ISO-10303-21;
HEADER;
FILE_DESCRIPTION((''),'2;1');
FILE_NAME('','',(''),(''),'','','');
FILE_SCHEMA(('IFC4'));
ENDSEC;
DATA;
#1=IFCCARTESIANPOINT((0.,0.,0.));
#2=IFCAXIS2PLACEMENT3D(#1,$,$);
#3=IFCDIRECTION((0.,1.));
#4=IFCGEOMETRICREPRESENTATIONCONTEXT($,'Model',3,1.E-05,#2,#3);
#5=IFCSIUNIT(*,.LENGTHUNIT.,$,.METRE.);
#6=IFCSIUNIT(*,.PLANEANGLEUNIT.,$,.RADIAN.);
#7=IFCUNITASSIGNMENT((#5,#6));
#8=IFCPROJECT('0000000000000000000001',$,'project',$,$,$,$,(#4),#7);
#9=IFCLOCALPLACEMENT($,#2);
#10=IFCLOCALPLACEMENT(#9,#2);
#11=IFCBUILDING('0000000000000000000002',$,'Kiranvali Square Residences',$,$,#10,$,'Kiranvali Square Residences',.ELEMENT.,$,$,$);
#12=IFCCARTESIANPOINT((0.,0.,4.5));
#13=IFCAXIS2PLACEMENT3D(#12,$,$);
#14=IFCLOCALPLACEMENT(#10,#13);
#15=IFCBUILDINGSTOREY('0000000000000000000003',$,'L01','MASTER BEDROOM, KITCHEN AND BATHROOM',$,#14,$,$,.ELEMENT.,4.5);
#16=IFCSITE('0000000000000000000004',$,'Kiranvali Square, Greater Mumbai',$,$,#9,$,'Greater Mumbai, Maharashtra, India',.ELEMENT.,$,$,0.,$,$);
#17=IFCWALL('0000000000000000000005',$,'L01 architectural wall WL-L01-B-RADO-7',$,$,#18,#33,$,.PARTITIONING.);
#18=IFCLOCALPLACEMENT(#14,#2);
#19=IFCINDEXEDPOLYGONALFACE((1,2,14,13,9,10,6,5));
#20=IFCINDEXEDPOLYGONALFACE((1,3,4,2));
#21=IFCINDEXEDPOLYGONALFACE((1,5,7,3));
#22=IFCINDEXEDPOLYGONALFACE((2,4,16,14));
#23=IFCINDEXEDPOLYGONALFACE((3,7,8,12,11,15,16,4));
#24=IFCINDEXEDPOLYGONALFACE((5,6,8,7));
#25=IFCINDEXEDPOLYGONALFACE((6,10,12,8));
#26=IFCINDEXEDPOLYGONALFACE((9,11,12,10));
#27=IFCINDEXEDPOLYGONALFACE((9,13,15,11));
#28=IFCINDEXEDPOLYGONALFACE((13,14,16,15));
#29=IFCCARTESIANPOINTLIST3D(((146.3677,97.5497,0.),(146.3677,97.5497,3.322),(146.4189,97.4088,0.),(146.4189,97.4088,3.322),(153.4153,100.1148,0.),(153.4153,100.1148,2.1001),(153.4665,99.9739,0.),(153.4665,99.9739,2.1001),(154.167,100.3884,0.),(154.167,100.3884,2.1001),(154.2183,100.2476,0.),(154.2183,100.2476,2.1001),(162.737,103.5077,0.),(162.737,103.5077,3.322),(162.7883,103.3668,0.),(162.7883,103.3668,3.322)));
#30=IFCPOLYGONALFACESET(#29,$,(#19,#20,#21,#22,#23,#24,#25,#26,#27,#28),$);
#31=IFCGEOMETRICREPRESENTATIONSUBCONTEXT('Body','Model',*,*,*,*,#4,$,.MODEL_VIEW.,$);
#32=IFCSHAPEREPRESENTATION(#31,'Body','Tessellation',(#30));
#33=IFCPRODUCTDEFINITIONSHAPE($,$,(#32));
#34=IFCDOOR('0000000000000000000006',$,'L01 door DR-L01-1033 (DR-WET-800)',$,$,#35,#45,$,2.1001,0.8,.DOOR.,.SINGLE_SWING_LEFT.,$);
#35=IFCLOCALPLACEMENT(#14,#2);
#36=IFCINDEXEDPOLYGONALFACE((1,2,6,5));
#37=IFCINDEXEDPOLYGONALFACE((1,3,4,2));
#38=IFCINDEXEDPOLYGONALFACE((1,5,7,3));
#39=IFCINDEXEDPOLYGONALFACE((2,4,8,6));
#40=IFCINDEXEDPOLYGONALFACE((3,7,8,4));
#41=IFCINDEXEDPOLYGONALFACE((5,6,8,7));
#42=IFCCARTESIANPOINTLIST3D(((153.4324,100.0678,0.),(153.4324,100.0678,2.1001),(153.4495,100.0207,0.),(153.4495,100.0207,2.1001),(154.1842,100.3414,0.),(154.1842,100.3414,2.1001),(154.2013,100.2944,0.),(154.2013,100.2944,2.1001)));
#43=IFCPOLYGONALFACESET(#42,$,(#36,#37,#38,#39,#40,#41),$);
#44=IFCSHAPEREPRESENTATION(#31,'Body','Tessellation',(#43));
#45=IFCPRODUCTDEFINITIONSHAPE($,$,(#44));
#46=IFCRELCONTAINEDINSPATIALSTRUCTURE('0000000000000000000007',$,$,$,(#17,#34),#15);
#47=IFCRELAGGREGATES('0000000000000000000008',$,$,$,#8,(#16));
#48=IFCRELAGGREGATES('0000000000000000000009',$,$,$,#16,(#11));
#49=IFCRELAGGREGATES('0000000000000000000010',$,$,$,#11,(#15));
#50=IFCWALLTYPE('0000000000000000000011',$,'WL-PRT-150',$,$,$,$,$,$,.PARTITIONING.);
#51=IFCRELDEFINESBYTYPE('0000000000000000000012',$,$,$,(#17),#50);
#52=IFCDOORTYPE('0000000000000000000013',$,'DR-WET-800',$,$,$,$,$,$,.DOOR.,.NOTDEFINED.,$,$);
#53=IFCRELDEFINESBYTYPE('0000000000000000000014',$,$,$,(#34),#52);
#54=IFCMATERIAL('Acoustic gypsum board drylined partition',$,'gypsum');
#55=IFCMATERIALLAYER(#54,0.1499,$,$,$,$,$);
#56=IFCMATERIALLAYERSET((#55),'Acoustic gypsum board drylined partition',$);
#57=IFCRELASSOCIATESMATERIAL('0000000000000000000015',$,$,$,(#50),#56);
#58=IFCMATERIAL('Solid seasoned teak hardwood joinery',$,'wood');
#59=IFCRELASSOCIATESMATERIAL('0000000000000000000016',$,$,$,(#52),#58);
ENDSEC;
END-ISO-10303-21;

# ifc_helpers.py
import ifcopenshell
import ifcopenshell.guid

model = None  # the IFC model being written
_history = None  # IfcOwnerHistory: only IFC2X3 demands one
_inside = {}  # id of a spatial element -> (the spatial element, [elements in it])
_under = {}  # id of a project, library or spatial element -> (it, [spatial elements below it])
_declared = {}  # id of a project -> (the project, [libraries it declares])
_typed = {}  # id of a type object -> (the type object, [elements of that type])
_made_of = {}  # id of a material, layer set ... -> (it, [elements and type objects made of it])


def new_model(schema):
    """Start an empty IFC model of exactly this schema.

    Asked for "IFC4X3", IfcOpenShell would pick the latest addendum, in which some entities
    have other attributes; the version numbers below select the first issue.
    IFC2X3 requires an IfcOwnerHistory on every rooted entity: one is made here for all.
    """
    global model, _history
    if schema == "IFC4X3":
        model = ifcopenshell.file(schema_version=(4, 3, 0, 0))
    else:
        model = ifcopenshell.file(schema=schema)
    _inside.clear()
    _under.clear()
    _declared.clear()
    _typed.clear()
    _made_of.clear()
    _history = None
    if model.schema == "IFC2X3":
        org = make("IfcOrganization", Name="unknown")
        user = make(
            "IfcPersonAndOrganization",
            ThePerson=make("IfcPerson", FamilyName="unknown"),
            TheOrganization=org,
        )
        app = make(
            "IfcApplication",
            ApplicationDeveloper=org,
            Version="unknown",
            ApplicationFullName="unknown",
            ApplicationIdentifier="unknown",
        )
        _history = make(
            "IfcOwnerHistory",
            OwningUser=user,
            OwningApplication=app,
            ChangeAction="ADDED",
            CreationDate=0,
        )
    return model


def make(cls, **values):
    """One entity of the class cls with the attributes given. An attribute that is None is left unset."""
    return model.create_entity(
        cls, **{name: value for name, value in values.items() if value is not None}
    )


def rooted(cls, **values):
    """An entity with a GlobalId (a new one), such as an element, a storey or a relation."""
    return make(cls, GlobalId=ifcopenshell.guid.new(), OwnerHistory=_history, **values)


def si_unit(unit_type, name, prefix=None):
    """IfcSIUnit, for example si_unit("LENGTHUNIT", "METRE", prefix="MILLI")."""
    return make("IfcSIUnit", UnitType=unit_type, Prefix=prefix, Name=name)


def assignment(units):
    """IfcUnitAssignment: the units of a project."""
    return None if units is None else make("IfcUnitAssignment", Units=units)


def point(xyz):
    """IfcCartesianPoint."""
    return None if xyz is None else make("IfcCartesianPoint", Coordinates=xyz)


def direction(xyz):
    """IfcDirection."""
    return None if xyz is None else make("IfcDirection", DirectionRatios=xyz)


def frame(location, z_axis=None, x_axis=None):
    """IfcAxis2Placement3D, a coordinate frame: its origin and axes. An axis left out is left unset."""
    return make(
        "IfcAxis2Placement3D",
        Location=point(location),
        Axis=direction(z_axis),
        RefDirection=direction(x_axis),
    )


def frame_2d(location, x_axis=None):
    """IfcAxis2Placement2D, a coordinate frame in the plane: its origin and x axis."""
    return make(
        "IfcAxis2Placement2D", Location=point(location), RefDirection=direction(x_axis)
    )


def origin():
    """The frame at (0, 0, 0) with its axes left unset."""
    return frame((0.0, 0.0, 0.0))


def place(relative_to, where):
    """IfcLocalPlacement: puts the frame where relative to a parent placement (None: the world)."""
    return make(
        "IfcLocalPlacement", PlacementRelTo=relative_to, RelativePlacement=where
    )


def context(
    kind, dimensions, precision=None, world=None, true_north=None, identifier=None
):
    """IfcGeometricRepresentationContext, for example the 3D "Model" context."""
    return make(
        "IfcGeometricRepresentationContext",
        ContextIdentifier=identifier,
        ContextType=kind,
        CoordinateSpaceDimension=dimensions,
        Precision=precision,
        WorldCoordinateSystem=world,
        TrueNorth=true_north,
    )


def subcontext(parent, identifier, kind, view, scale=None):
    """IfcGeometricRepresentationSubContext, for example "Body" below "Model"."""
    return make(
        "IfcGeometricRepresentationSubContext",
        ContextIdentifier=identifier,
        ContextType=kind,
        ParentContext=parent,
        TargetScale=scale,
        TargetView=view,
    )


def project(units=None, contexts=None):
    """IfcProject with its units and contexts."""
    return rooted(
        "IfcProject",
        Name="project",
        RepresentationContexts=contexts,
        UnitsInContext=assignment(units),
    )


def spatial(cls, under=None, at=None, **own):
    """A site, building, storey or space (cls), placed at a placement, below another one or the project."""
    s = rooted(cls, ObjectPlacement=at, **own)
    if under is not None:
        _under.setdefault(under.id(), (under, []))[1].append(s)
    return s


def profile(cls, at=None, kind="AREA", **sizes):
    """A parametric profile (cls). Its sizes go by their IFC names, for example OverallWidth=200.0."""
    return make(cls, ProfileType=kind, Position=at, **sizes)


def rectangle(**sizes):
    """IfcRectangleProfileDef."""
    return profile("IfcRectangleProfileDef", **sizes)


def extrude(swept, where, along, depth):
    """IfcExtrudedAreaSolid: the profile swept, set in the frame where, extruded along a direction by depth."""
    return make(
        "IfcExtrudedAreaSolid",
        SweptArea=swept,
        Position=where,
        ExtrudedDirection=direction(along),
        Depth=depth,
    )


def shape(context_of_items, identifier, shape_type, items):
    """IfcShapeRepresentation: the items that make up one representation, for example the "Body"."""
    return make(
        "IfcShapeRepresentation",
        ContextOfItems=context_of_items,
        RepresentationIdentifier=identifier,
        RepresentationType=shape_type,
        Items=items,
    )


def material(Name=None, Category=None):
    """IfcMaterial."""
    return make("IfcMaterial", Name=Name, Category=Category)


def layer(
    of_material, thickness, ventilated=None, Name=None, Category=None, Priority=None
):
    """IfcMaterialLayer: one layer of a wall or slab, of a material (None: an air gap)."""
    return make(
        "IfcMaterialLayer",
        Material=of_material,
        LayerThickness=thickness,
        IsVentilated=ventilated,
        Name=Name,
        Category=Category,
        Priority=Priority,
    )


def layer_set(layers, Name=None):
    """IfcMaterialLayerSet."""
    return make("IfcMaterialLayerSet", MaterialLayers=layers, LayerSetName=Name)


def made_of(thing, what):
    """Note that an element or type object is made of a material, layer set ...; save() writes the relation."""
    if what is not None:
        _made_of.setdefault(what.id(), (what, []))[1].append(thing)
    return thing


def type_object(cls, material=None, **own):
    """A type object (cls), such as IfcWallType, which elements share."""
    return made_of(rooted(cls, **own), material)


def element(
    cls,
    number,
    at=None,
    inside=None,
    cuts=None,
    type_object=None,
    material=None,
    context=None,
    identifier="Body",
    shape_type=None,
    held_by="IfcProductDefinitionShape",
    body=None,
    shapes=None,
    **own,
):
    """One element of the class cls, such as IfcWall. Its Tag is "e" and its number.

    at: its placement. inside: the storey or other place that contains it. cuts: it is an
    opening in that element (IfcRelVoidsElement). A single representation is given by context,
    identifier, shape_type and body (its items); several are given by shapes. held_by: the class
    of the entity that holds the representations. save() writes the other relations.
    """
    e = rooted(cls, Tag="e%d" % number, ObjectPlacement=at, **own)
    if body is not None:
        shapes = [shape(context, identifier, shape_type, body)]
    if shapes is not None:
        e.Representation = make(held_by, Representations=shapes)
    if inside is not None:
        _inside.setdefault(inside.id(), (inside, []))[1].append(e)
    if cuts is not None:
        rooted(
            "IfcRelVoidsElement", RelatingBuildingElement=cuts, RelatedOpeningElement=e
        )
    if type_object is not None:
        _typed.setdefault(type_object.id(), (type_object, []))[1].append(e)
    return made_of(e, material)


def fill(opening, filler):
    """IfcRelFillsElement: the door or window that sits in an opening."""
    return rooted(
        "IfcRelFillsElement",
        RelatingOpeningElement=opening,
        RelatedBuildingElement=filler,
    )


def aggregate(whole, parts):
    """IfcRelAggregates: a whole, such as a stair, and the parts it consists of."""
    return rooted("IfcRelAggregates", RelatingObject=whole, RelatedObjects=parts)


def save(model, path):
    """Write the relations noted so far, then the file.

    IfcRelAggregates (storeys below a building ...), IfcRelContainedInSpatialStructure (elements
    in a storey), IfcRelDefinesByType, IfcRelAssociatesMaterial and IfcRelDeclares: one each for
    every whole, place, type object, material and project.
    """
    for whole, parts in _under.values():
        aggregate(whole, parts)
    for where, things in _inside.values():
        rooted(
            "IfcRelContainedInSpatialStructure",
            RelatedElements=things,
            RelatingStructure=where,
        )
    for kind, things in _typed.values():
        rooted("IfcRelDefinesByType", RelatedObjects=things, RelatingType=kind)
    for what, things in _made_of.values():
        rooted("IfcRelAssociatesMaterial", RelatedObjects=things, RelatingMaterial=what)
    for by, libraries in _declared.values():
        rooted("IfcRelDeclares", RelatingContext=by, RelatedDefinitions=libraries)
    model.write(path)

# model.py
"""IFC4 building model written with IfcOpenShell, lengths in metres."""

from ifc_helpers import new_model, si_unit, direction, frame, frame_2d, origin, place, context, subcontext, project, spatial, rectangle, extrude, material, layer, layer_set, type_object, element, fill, save


model = new_model("IFC4")

# Units and contexts
model_context = context("Model", 3, precision=1e-05, world=origin(), true_north=direction((0.0, 1.0)))
body_context = subcontext(model_context, "Body", "Model", "MODEL_VIEW")
ifc_project = project(units=[si_unit("LENGTHUNIT", "METRE"), si_unit("PLANEANGLEUNIT", "RADIAN")], contexts=[model_context])

# Site, building, storey
site_placement = place(None, origin())
site = spatial("IfcSite", under=ifc_project, at=site_placement, Name="Kiranvali Square, Greater Mumbai", LongName="Greater Mumbai, Maharashtra, India", CompositionType="ELEMENT", RefElevation=0.0)
building_placement = place(site_placement, origin())
building = spatial("IfcBuilding", under=site, at=building_placement, Name="Kiranvali Square Residences", LongName="Kiranvali Square Residences", CompositionType="ELEMENT")
storey_placement = place(building_placement, frame((0.0, 0.0, 4.5)))
storey = spatial("IfcBuildingStorey", under=building, at=storey_placement, Name="L01", Description="MASTER BEDROOM, KITCHEN AND BATHROOM", CompositionType="ELEMENT", Elevation=4.5)

# Wall, opening, door
ifc_material_1 = material(Name="Acoustic gypsum board drylined partition", Category="gypsum")
ifc_layer_1 = layer(ifc_material_1, 0.1499)
ifc_layer_set_1 = layer_set([ifc_layer_1], Name="Acoustic gypsum board drylined partition")
wall_type_1 = type_object("IfcWallType", Name="WL-PRT-150", PredefinedType="PARTITIONING", material=ifc_layer_set_1)
wall_1_placement = place(storey_placement, frame((146.3933, 97.4792, 0.0), z_axis=(0.0, 0.0, 1.0), x_axis=(0.939692, 0.342022, 0.0)))
wall_1 = element("IfcWall", 1, at=wall_1_placement, inside=storey, type_object=wall_type_1, Name="L01 architectural wall WL-L01-B-RADO-7", PredefinedType="PARTITIONING", context=body_context, shape_type="SweptSolid", body=[
    extrude(rectangle(XDim=17.4199, YDim=0.1499, at=frame_2d((8.71, 0.0))), origin(), (0.0, 0.0, 1.0), 3.322),
])
opening_placement = place(wall_1_placement, frame((7.5, 0.0, 0.0)))
opening = element("IfcOpeningElement", 2, at=opening_placement, cuts=wall_1, PredefinedType="OPENING", context=body_context, shape_type="SweptSolid", body=[
    extrude(rectangle(XDim=0.8, YDim=2.1001, at=frame_2d((0.3999, 1.05))), frame((0.0, 0.085, 0.0), z_axis=(0.0, -1.0, 0.0), x_axis=(1.0, 0.0, 0.0)), (0.0, 0.0, 1.0), 0.1699),
])
ifc_material_2 = material(Name="Solid seasoned teak hardwood joinery", Category="wood")
door_type = type_object("IfcDoorType", Name="DR-WET-800", OperationType="NOTDEFINED", PredefinedType="DOOR", material=ifc_material_2)
door_placement = place(opening_placement, origin())
door = element("IfcDoor", 3, at=door_placement, inside=storey, type_object=door_type, Name="L01 door DR-L01-1033 (DR-WET-800)", OperationType="SINGLE_SWING_LEFT", OverallHeight=2.1001, OverallWidth=0.8, PredefinedType="DOOR", context=body_context, shape_type="SweptSolid", body=[
    extrude(rectangle(XDim=0.8, YDim=2.1001, at=frame_2d((0.3999, 1.05))), frame((0.0, 0.0249, 0.0), z_axis=(0.0, -1.0, 0.0), x_axis=(1.0, 0.0, 0.0)), (0.0, 0.0, 1.0), 0.05),
])
fill(opening, door)

save(model, "model.ifc")
